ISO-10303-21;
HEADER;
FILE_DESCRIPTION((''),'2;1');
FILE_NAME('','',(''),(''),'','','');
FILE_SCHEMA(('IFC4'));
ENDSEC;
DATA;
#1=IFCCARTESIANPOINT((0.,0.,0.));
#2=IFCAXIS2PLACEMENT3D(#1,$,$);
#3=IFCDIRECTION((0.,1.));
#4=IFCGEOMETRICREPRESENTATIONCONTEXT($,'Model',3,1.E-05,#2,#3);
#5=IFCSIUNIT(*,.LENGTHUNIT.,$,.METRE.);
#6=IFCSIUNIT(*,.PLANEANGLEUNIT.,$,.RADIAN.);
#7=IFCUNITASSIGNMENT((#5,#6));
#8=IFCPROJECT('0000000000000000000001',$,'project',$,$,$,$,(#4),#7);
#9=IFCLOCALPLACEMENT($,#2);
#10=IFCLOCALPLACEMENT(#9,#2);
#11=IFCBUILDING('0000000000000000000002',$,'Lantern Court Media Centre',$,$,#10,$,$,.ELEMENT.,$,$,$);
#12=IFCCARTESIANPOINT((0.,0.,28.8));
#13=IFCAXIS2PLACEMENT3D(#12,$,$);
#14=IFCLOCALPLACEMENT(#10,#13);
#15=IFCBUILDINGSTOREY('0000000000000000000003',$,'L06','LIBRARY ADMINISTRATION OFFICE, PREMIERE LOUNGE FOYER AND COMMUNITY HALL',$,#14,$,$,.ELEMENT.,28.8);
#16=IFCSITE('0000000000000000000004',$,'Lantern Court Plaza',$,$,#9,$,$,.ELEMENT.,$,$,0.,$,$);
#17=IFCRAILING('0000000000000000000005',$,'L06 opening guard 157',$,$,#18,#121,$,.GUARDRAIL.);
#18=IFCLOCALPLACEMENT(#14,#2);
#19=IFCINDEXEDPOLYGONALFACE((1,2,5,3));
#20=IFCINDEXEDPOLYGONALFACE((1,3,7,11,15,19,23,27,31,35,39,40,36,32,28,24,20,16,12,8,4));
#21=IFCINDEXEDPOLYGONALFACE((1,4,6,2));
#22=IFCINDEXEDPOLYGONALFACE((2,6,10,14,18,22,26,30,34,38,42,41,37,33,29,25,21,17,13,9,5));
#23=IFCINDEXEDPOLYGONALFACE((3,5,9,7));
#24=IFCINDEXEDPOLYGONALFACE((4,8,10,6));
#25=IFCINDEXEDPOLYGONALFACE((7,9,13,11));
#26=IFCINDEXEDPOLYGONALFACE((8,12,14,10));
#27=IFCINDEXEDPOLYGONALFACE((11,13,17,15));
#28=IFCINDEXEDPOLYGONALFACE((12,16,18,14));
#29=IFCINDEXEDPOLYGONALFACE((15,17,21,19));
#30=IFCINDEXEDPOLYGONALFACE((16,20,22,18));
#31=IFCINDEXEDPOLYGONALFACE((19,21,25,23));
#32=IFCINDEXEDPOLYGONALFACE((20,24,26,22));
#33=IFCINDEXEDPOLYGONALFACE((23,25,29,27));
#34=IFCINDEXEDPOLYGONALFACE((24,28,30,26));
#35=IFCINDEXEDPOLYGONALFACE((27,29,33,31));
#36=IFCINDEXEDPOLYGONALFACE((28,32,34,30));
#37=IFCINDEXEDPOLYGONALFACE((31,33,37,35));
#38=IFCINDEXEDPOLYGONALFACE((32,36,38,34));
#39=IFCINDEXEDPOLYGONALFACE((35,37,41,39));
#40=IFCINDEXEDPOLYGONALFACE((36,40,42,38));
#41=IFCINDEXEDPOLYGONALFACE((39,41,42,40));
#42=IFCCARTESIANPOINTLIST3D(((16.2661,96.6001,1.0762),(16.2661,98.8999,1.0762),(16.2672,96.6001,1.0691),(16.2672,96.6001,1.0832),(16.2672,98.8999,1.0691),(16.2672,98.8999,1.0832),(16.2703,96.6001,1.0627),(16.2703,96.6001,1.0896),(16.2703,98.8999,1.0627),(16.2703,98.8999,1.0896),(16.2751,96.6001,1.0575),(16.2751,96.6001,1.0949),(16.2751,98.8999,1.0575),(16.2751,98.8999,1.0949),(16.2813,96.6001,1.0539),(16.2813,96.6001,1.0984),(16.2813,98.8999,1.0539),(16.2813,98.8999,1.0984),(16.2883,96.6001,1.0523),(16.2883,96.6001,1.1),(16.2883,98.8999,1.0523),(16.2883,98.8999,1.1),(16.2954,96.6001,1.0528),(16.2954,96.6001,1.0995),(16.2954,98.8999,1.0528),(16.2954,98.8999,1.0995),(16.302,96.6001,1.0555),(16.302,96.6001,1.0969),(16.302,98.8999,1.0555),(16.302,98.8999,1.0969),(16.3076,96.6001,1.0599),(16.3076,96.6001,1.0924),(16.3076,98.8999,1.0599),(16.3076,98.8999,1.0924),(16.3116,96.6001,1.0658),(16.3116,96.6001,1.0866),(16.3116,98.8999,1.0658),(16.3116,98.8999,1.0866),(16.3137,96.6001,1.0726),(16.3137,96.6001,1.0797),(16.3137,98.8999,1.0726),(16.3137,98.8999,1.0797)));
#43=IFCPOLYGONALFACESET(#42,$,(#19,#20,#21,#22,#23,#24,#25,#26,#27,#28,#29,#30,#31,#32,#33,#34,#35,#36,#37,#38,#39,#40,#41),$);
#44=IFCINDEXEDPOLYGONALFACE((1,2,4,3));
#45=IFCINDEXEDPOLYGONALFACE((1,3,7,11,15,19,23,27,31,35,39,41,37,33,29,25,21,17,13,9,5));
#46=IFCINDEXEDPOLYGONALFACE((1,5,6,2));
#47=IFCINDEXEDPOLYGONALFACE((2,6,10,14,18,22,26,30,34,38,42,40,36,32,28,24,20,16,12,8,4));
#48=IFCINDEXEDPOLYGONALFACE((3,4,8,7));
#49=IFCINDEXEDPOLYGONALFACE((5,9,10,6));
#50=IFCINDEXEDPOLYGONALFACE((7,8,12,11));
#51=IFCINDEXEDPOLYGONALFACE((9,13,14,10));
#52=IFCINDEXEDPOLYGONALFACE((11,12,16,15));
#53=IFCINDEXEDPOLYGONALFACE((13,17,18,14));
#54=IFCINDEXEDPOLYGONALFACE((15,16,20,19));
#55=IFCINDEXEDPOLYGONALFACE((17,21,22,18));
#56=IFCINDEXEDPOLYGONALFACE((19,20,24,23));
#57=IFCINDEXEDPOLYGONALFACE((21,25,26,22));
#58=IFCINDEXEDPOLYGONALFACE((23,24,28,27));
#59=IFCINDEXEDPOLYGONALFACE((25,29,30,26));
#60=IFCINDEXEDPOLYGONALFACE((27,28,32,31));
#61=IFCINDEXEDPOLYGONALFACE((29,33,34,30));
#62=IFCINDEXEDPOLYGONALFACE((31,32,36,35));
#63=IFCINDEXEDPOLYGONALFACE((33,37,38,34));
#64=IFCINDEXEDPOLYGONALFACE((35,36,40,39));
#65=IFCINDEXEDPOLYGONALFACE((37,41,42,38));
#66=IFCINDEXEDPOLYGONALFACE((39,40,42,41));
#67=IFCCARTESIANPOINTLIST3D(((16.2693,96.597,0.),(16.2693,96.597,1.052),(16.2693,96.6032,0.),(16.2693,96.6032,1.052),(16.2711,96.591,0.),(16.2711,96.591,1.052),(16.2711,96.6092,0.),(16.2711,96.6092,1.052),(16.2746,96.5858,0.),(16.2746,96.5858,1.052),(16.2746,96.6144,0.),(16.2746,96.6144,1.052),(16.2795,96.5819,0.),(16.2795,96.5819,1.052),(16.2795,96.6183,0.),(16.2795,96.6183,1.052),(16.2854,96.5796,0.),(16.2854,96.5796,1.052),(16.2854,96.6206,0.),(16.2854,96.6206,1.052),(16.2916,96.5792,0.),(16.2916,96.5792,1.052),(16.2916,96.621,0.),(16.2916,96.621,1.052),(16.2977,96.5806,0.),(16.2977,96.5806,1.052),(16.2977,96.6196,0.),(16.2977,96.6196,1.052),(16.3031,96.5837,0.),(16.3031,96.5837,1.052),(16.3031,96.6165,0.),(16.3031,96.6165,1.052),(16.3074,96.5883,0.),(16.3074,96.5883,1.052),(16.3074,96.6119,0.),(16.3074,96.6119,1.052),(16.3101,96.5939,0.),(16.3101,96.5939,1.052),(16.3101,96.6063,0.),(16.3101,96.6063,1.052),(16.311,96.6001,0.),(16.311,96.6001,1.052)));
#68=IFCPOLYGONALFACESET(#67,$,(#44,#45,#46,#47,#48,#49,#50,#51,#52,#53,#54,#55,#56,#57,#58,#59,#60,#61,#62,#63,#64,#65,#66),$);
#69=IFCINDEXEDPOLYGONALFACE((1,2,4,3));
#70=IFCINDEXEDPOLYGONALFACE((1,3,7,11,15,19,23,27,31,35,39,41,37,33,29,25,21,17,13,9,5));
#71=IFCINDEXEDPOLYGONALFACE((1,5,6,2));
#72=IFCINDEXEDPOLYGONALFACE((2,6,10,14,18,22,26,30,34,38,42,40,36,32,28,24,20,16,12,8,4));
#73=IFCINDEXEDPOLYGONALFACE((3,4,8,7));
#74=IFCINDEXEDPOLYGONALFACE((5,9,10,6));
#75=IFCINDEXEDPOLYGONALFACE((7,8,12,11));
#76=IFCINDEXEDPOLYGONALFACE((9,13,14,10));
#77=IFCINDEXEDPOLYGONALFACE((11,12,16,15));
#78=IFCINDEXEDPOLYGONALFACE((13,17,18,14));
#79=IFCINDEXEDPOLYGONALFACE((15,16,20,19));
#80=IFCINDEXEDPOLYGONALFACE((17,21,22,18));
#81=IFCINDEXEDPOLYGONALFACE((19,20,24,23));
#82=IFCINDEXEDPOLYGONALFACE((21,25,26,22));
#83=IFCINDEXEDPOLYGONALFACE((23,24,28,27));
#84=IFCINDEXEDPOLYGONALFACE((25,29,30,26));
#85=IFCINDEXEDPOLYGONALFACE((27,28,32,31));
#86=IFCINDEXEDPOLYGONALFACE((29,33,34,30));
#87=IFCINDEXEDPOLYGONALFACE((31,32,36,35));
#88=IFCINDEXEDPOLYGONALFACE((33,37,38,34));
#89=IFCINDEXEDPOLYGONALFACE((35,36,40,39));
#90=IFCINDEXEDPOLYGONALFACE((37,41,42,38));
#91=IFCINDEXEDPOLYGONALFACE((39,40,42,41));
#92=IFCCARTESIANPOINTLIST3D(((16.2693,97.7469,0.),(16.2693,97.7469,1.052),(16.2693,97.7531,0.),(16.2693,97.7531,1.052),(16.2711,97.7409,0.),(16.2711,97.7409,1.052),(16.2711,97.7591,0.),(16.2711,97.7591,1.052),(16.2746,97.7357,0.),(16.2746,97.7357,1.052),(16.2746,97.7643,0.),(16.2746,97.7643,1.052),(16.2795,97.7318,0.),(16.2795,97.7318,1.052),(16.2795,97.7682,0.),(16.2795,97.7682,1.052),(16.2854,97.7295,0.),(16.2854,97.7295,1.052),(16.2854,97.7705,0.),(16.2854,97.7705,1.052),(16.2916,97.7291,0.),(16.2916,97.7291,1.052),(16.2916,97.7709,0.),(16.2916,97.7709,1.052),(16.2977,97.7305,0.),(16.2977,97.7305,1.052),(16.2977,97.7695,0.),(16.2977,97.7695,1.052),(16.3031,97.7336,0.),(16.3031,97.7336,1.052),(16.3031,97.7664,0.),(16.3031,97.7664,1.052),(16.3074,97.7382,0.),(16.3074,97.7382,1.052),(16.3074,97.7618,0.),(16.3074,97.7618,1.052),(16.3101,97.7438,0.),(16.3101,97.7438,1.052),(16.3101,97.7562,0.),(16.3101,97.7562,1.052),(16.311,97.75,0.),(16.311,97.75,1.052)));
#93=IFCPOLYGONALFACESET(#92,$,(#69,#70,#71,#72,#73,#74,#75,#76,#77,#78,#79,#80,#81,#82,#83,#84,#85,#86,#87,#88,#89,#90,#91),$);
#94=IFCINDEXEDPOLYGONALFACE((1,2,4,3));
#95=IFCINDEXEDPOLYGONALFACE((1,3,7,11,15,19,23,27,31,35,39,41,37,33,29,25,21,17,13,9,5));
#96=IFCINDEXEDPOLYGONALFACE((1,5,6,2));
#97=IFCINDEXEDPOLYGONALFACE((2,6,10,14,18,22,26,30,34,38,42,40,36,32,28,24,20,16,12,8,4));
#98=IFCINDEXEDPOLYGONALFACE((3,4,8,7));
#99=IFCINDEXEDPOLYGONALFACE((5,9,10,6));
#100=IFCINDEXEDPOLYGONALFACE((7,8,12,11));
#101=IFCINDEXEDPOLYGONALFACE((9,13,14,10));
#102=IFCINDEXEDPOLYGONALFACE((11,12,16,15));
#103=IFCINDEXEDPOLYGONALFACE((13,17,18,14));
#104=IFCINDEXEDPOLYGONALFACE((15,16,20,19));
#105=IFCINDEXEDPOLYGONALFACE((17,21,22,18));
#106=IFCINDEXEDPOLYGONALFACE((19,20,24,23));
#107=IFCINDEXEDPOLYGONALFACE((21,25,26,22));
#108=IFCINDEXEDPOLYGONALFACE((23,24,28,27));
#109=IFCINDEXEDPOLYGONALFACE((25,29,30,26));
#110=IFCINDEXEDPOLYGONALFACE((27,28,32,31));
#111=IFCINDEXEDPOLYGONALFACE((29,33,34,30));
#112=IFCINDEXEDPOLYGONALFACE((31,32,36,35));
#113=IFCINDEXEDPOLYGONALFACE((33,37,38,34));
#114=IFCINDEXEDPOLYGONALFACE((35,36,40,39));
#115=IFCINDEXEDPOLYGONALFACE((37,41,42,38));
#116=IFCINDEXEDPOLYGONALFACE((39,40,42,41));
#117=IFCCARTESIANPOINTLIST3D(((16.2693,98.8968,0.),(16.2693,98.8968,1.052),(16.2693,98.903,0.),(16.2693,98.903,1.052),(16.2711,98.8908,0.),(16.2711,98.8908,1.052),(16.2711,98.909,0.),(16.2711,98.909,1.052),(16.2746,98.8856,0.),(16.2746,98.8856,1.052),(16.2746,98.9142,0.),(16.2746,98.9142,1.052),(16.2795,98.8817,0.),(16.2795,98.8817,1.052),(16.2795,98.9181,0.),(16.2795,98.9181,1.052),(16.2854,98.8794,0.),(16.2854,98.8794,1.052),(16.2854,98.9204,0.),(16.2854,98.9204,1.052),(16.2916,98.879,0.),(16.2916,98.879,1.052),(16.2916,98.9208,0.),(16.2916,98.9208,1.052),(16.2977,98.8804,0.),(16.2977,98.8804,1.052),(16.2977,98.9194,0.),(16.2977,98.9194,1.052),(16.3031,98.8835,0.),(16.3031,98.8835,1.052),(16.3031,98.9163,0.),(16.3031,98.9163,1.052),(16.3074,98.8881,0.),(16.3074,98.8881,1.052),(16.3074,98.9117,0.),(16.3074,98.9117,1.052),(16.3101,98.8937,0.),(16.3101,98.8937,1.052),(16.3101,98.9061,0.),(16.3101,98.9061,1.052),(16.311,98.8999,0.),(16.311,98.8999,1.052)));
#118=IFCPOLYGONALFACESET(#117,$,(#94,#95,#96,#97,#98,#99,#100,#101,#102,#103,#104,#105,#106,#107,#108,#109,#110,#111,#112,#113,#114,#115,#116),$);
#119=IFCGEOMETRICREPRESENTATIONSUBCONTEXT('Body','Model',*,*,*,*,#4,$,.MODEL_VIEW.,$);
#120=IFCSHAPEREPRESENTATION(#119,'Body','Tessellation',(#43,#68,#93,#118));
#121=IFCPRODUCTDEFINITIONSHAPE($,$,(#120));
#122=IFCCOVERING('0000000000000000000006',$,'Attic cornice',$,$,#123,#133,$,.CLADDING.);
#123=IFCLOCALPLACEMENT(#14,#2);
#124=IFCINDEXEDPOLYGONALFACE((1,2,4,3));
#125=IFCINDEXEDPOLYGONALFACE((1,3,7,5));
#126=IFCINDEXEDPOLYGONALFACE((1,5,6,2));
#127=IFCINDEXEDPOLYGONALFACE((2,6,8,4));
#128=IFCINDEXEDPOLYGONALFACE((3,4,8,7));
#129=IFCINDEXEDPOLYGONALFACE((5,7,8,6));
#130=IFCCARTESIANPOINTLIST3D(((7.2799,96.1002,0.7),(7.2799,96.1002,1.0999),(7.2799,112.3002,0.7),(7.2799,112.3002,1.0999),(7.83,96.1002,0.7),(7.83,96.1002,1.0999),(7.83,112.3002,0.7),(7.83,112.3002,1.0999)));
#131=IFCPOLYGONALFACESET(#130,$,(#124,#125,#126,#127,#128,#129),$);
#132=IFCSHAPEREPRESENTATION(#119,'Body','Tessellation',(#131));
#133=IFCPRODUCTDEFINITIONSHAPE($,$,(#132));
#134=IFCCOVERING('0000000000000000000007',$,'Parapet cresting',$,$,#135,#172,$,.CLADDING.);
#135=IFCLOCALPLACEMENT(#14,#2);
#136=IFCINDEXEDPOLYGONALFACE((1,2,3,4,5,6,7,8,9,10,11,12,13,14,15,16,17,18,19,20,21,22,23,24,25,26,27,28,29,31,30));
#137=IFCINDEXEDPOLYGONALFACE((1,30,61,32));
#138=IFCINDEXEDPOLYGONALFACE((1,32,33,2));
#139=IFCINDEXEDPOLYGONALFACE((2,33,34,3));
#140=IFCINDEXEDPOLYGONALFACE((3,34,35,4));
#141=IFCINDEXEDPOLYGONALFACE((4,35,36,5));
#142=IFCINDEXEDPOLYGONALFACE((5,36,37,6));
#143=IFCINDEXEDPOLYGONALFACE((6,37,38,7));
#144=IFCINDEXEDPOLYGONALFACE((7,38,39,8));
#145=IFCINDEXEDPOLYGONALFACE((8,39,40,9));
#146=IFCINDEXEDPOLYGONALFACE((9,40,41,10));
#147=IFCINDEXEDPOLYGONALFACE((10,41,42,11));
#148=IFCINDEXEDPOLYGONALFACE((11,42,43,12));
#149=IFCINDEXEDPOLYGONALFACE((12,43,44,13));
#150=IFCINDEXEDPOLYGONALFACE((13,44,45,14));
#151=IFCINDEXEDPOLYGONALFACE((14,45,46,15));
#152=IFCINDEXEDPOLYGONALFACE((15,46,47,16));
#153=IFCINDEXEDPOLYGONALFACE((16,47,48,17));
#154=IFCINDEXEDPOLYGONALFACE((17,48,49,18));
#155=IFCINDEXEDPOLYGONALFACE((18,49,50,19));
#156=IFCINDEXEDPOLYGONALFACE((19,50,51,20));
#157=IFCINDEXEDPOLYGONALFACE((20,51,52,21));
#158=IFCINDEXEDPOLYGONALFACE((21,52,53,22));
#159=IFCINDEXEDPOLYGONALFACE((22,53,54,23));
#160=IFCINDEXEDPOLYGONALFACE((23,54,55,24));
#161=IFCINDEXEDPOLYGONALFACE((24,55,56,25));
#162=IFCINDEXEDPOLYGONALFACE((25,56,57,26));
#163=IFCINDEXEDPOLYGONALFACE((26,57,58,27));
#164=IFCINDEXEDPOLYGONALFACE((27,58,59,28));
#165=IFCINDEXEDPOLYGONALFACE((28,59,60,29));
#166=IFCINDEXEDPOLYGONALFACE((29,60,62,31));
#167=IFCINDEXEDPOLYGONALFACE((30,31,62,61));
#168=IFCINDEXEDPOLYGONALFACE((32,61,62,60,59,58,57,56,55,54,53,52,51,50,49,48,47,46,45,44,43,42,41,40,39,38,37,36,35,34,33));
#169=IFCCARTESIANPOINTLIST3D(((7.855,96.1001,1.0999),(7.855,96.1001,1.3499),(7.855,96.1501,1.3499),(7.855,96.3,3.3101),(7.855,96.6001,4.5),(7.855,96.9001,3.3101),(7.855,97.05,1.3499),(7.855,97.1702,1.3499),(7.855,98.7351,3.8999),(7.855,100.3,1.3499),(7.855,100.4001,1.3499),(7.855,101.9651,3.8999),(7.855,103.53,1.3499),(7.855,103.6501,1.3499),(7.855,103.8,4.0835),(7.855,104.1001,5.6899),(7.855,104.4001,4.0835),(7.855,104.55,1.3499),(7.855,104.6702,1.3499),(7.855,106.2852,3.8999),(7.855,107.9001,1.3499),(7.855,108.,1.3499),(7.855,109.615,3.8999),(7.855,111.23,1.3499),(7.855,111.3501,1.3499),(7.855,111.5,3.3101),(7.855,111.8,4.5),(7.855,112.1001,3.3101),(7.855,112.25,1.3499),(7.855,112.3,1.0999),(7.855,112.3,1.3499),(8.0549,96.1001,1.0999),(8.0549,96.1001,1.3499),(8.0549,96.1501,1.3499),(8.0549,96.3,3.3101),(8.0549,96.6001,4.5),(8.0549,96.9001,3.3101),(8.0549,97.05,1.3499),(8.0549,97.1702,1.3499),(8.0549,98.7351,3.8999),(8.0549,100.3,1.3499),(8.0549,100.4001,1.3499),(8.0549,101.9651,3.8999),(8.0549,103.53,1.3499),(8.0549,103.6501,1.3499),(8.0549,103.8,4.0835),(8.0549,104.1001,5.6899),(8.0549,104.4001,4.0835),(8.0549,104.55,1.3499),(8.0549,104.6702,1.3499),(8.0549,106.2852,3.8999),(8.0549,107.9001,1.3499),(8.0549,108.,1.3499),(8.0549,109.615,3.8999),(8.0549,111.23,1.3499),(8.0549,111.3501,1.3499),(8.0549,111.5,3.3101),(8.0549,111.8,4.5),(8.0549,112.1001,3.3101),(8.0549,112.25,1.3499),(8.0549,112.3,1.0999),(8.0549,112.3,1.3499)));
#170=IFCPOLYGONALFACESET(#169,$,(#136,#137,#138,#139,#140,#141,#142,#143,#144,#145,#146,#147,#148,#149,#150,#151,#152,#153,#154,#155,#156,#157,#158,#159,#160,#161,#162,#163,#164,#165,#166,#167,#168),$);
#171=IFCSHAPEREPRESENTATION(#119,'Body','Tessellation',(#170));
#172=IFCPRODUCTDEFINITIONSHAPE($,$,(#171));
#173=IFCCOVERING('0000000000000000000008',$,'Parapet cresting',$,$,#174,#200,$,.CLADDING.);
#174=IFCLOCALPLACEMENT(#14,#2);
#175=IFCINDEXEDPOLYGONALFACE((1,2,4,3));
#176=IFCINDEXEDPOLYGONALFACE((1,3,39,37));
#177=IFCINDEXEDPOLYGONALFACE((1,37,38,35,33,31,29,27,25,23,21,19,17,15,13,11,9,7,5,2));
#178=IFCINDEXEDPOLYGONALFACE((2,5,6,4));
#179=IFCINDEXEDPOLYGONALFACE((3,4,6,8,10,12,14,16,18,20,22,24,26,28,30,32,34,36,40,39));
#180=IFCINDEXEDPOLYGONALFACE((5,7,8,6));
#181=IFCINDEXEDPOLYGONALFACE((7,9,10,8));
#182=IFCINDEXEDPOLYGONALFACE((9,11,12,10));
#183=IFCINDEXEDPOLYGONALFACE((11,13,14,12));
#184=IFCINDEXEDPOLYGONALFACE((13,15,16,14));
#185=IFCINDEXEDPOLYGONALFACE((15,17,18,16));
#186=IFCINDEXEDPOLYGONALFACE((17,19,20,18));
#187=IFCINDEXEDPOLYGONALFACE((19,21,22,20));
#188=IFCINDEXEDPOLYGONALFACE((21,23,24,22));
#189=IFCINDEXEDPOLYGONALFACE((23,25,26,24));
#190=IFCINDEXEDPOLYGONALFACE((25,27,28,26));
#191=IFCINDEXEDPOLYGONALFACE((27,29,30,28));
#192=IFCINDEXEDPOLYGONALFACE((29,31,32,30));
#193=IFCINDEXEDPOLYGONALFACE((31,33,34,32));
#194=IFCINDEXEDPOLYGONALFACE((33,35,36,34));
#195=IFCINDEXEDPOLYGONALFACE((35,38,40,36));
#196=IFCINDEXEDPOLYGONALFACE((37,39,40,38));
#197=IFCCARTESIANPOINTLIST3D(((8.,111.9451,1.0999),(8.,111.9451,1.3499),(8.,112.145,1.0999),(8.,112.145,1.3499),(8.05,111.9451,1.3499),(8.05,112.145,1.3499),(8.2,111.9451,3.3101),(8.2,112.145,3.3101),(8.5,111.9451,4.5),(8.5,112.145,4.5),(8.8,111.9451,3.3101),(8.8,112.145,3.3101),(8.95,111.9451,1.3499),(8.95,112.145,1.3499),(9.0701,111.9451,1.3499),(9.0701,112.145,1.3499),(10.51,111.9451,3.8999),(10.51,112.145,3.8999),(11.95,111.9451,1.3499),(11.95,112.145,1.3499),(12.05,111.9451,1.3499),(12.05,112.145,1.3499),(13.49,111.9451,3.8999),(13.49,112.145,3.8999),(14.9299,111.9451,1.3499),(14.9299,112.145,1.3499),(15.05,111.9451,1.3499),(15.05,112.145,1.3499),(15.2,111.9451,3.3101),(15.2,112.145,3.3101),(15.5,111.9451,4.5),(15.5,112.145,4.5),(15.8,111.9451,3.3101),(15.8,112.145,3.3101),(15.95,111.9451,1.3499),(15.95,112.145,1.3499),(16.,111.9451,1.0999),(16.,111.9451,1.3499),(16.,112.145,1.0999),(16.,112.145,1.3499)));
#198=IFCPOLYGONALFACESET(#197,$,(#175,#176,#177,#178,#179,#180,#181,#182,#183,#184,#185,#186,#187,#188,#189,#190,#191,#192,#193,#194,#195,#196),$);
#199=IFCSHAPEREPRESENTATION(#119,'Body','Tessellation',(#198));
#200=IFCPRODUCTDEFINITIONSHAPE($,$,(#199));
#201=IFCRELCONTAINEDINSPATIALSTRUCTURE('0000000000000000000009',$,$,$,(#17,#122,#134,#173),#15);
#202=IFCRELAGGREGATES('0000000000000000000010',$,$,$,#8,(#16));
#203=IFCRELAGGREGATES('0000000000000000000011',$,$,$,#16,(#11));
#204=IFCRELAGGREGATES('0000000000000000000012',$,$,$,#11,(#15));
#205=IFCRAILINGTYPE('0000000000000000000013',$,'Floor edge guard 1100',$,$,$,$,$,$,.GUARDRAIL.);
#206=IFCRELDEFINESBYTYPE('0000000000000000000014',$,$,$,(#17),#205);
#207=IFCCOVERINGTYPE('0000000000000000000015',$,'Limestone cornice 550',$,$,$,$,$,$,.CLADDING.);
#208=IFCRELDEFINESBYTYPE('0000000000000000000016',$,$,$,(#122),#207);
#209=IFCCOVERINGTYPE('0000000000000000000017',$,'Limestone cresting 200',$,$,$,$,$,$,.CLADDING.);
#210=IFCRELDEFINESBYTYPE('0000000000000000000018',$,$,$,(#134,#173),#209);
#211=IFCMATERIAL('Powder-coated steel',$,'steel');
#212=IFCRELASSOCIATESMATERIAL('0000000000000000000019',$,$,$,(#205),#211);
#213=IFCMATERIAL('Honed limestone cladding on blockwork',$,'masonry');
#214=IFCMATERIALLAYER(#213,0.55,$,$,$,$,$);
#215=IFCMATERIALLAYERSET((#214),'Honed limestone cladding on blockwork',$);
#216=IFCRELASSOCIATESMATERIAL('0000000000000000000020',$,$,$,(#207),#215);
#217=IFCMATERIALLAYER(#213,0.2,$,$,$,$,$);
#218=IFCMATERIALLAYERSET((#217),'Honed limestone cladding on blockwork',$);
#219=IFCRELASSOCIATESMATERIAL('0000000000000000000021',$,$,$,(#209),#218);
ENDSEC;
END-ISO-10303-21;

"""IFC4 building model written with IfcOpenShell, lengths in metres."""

from ifc_helpers import new_model, si_unit, direction, frame, frame_2d, origin, origin_2d, place, context, subcontext, project, spatial, polyline, rectangle, circle, outline, extrude, material, layer, layer_set, type_object, element, save


model = new_model("IFC4")

# Units and contexts
model_context = context("Model", 3, precision=1e-05, world=origin(), true_north=direction((0.0, 1.0)))
body_context = subcontext(model_context, "Body", "Model", "MODEL_VIEW")
ifc_project = project(units=[si_unit("LENGTHUNIT", "METRE"), si_unit("PLANEANGLEUNIT", "RADIAN")], contexts=[model_context])

# Site, building, storey
site_placement = place(None, origin())
site = spatial("IfcSite", under=ifc_project, at=site_placement, Name="Lantern Court Plaza", CompositionType="ELEMENT", RefElevation=0.0)
building_placement = place(site_placement, origin())
building = spatial("IfcBuilding", under=site, at=building_placement, Name="Lantern Court Media Centre", CompositionType="ELEMENT")
storey_placement = place(building_placement, frame((0.0, 0.0, 28.8)))
storey = spatial("IfcBuildingStorey", under=building, at=storey_placement, Name="L06", Description="LIBRARY ADMINISTRATION OFFICE, PREMIERE LOUNGE FOYER AND COMMUNITY HALL", CompositionType="ELEMENT", Elevation=28.8)

# Shared definitions
ifc_material_1 = material(Name="Honed limestone cladding on blockwork", Category="masonry")

# Railing
ifc_material_2 = material(Name="Powder-coated steel", Category="steel")
railing_type_1 = type_object("IfcRailingType", Name="Floor edge guard 1100", PredefinedType="GUARDRAIL", material=ifc_material_2)
railing_1_placement = place(storey_placement, frame((16.29, 96.6001, 0.0)))
element("IfcRailing", 1, at=railing_1_placement, inside=storey, type_object=railing_type_1, Name="L06 opening guard 157", PredefinedType="GUARDRAIL", context=body_context, shape_type="SweptSolid", body=[
    extrude(circle(Radius=0.0239, at=origin_2d()), frame((0.0, 0.0, 1.0762), z_axis=(0.0, 1.0, 0.0), x_axis=(-1.0, 0.0, 0.0)), (0.0, 0.0, 1.0), 2.2998),
    extrude(circle(Radius=0.021, at=origin_2d()), origin(), (0.0, 0.0, 1.0), 1.052),
    extrude(circle(Radius=0.021, at=origin_2d()), frame((0.0, 1.1499, 0.0)), (0.0, 0.0, 1.0), 1.052),
    extrude(circle(Radius=0.021, at=origin_2d()), frame((0.0, 2.2998, 0.0)), (0.0, 0.0, 1.0), 1.052),
])

# Coverings
ifc_layer_1 = layer(ifc_material_1, 0.55)
ifc_layer_set_1 = layer_set([ifc_layer_1], Name="Honed limestone cladding on blockwork")
covering_type_1 = type_object("IfcCoveringType", Name="Limestone cornice 550", PredefinedType="CLADDING", material=ifc_layer_set_1)
covering_1_placement = place(storey_placement, frame((7.5549, 96.1001, 0.7), z_axis=(0.0, 0.0, 1.0), x_axis=(0.0, 1.0, 0.0)))
element("IfcCovering", 2, at=covering_1_placement, inside=storey, type_object=covering_type_1, Name="Attic cornice", PredefinedType="CLADDING", context=body_context, shape_type="SweptSolid", body=[
    extrude(rectangle(XDim=16.2, YDim=0.55, at=frame_2d((8.1001, 0.0))), origin(), (0.0, 0.0, 1.0), 0.3999),
])
ifc_layer_2 = layer(ifc_material_1, 0.2)
ifc_layer_set_2 = layer_set([ifc_layer_2], Name="Honed limestone cladding on blockwork")
covering_type_2 = type_object("IfcCoveringType", Name="Limestone cresting 200", PredefinedType="CLADDING", material=ifc_layer_set_2)
covering_2_placement = place(storey_placement, frame((7.9551, 96.1001, 1.0999), z_axis=(0.0, 0.0, 1.0), x_axis=(0.0, 1.0, 0.0)))
element("IfcCovering", 3, at=covering_2_placement, inside=storey, type_object=covering_type_2, Name="Parapet cresting", PredefinedType="CLADDING", context=body_context, shape_type="SweptSolid", body=[
    extrude(outline(polyline([(0.0, 0.0), (16.2, 0.0), (16.2, 0.25), (16.1499, 0.25), (16.0, 2.2102), (15.7, 3.4001), (15.3999, 2.2102), (15.25, 0.25), (15.1299, 0.25), (13.5149, 2.8), (11.8999, 0.25), (11.8, 0.25), (10.1851, 2.8), (8.5701, 0.25), (8.45, 0.25), (8.3, 2.9836), (8.0, 4.5901), (7.7, 2.9836), (7.55, 0.25), (7.4299, 0.25), (5.865, 2.8), (4.3, 0.25), (4.2, 0.25), (2.635, 2.8), (1.0701, 0.25), (0.95, 0.25), (0.8, 2.2102), (0.5, 3.4001), (0.2, 2.2102), (0.05, 0.25), (0.0, 0.25), (0.0, 0.0)])), frame((0.0, 0.1001, 0.0), z_axis=(0.0, -1.0, 0.0), x_axis=(1.0, 0.0, 0.0)), (0.0, 0.0, 1.0), 0.2),
])
covering_3_placement = place(storey_placement, frame((8.0, 112.0449, 1.0999), z_axis=(0.0, 0.0, 1.0), x_axis=(1.0, 0.0, 0.0)))
element("IfcCovering", 4, at=covering_3_placement, inside=storey, type_object=covering_type_2, Name="Parapet cresting", PredefinedType="CLADDING", context=body_context, shape_type="SweptSolid", body=[
    extrude(outline(polyline([(0.0, 0.0), (8.0, 0.0), (8.0, 0.25), (7.95, 0.25), (7.8, 2.2102), (7.5, 3.4001), (7.2, 2.2102), (7.05, 0.25), (6.9299, 0.25), (5.49, 2.8), (4.05, 0.25), (3.95, 0.25), (2.51, 2.8), (1.0701, 0.25), (0.95, 0.25), (0.8, 2.2102), (0.5, 3.4001), (0.2, 2.2102), (0.05, 0.25), (0.0, 0.25), (0.0, 0.0)])), frame((0.0, 0.1001, 0.0), z_axis=(0.0, -1.0, 0.0), x_axis=(1.0, 0.0, 0.0)), (0.0, 0.0, 1.0), 0.2),
])

save(model, "model.ifc")
